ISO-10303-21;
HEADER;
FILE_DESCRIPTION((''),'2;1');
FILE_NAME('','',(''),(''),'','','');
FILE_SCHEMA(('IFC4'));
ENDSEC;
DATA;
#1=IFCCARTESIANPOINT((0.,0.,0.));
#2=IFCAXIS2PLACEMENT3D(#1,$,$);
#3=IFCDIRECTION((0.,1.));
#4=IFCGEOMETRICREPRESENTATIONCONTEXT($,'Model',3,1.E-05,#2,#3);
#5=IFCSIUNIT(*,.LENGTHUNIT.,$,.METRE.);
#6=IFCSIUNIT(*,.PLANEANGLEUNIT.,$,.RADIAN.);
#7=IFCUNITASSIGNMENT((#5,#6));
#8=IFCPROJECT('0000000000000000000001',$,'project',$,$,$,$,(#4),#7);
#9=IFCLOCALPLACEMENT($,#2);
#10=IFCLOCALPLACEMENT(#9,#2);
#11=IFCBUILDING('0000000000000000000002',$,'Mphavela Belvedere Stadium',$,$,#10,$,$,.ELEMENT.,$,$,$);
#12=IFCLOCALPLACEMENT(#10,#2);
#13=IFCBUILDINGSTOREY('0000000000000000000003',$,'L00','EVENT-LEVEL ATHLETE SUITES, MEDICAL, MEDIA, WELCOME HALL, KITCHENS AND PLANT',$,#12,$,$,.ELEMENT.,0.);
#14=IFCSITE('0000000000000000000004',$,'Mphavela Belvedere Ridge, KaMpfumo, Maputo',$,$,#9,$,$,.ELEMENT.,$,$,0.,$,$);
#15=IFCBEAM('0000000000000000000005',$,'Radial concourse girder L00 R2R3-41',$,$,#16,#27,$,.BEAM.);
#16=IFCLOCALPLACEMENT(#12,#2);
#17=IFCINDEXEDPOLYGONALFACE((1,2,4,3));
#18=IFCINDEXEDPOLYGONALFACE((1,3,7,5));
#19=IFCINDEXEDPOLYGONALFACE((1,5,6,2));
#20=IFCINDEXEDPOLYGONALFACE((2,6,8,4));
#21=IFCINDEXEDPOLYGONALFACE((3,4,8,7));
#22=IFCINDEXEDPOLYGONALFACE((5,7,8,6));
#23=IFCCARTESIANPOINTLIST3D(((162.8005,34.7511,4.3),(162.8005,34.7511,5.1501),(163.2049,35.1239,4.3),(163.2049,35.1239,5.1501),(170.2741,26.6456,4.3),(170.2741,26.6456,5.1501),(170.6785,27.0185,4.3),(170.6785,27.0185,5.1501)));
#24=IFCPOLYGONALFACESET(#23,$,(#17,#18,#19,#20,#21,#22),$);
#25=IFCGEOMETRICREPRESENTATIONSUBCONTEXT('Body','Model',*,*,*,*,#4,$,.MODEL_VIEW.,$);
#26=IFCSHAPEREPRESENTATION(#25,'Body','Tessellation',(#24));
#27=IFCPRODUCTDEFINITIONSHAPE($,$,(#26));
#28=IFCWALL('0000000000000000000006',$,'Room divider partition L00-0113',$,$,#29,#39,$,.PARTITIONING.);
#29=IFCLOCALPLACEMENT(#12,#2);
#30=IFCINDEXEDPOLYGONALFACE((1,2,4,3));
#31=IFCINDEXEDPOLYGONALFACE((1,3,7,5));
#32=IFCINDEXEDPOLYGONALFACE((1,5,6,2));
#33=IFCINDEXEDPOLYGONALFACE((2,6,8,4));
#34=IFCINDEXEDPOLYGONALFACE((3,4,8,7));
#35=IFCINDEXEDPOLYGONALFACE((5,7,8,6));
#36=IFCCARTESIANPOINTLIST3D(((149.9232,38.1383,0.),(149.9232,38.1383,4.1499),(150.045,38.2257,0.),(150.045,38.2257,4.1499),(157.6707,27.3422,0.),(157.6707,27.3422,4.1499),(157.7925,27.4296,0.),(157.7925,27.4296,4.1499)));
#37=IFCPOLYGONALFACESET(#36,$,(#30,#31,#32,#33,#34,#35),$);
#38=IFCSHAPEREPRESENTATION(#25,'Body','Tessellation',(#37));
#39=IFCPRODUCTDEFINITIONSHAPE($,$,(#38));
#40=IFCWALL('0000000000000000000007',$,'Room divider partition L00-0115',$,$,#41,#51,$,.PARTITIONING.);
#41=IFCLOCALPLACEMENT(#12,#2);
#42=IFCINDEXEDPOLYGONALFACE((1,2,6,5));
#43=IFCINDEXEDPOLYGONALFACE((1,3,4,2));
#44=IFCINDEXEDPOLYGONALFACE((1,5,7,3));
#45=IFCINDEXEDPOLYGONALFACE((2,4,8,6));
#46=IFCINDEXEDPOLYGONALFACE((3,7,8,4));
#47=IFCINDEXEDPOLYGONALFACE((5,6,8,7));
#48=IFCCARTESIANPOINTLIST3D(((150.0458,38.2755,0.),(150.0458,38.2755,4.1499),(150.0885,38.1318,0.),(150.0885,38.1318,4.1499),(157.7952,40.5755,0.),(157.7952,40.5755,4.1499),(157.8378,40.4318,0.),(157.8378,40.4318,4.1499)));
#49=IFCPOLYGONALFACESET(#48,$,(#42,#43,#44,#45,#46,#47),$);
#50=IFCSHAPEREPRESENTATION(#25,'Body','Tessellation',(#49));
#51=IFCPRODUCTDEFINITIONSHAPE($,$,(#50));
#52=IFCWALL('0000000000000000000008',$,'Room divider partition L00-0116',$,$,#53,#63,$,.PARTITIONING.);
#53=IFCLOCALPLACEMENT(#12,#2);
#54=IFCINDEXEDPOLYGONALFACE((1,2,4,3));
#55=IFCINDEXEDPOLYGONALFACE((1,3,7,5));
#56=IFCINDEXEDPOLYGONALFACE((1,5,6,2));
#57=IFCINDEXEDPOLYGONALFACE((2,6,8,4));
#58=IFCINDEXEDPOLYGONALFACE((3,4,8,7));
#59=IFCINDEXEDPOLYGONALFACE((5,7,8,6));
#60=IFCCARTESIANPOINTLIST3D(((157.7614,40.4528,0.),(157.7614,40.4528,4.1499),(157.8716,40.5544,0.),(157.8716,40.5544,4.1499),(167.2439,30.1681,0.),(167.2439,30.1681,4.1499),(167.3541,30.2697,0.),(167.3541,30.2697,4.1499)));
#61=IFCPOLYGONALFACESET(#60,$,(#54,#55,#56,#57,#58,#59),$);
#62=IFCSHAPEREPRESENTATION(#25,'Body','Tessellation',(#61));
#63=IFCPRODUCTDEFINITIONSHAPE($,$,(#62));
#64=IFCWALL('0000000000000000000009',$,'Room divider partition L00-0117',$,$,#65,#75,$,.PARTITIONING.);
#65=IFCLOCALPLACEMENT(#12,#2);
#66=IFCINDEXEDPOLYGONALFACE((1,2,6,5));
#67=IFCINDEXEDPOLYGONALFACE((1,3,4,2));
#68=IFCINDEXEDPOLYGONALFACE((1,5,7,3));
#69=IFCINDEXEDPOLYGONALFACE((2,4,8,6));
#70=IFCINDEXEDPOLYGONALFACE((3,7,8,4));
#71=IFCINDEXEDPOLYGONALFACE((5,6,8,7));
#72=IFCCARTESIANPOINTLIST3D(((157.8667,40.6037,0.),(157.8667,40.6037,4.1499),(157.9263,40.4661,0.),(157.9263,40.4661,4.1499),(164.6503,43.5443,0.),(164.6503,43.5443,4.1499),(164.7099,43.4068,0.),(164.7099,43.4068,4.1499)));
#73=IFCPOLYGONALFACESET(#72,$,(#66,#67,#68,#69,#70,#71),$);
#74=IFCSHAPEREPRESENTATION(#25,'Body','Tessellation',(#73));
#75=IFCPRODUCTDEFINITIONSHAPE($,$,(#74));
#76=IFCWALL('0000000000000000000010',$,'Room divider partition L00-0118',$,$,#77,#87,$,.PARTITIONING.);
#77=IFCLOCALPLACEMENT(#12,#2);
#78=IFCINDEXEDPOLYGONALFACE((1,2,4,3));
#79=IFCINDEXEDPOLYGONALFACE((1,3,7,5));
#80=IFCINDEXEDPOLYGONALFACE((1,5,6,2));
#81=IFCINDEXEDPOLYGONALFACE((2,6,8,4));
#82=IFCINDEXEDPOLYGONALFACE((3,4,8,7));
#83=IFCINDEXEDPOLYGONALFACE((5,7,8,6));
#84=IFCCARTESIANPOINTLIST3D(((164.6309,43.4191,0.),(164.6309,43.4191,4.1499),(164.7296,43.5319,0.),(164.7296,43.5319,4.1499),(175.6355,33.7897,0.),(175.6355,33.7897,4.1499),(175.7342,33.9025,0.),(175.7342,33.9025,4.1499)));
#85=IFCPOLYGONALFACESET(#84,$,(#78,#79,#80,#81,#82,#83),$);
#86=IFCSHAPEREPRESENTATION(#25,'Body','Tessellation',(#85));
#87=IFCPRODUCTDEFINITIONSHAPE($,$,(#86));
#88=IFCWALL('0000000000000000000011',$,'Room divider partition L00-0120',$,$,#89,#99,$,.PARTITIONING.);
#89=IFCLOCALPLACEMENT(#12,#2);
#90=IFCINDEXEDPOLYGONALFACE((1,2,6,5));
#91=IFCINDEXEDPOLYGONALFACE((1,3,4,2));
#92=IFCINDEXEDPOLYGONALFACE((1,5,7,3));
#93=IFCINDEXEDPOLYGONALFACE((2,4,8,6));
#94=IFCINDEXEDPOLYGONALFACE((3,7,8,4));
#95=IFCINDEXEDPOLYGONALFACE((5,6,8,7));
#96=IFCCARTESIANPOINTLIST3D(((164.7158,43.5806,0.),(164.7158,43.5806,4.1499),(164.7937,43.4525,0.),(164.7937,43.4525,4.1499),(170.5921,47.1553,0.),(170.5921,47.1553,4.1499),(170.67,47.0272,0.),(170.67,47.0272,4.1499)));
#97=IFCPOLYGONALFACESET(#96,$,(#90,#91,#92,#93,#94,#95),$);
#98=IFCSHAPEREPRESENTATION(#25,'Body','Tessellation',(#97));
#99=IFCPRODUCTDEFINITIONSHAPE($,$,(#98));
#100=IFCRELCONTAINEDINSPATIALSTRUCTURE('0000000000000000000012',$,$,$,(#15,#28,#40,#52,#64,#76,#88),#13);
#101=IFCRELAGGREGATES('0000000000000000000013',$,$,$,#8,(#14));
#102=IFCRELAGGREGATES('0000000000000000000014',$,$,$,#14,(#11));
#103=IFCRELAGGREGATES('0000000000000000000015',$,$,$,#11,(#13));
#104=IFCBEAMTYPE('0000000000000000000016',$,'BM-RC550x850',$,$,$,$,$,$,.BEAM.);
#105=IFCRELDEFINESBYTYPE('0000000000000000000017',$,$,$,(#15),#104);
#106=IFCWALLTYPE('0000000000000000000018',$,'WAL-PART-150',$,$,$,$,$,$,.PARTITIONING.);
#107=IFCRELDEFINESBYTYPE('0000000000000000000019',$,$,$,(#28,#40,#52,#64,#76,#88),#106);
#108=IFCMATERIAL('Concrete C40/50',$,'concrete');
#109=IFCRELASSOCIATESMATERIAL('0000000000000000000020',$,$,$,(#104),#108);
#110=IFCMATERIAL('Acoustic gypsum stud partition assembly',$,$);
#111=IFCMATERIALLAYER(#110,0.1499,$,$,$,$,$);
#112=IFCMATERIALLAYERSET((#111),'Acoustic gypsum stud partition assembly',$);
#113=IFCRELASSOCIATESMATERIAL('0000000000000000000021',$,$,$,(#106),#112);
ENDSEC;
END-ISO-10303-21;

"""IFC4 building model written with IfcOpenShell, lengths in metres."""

from ifc_helpers import new_model, si_unit, direction, frame, frame_2d, origin, origin_2d, place, context, subcontext, project, spatial, rectangle, extrude, material, layer, layer_set, material_profile, profile_set, type_object, element, save


model = new_model("IFC4")

# Units and contexts
model_context = context("Model", 3, precision=1e-05, world=origin(), true_north=direction((0.0, 1.0)))
body_context = subcontext(model_context, "Body", "Model", "MODEL_VIEW")
ifc_project = project(units=[si_unit("LENGTHUNIT", "METRE"), si_unit("PLANEANGLEUNIT", "RADIAN")], contexts=[model_context])

# Site, building, storey
site_placement = place(None, origin())
site = spatial("IfcSite", under=ifc_project, at=site_placement, Name="Mphavela Belvedere Ridge, KaMpfumo, Maputo", CompositionType="ELEMENT", RefElevation=0.0)
building_placement = place(site_placement, origin())
building = spatial("IfcBuilding", under=site, at=building_placement, Name="Mphavela Belvedere Stadium", CompositionType="ELEMENT")
storey_placement = place(building_placement, origin())
storey = spatial("IfcBuildingStorey", under=building, at=storey_placement, Name="L00", Description="EVENT-LEVEL ATHLETE SUITES, MEDICAL, MEDIA, WELCOME HALL, KITCHENS AND PLANT", CompositionType="ELEMENT", Elevation=0.0)

# Beam
ifc_material_1 = material(Name="Concrete C40/50", Category="concrete")
ifc_material_profile_1 = material_profile(ifc_material_1, rectangle(XDim=0.55, YDim=0.8501, at=origin_2d()), Name="RC 550x850")
ifc_profile_set_1 = profile_set([ifc_material_profile_1], Name="Concrete C40/50")
beam_type_1 = type_object("IfcBeamType", Name="BM-RC550x850", PredefinedType="BEAM", material=ifc_profile_set_1)
beam_1_placement = place(storey_placement, frame((163.0027, 34.9375, 4.7251), z_axis=(0.677872, -0.73518, 0.0), x_axis=(0.73518, 0.677872, 0.0)))
element("IfcBeam", 1, at=beam_1_placement, inside=storey, type_object=beam_type_1, Name="Radial concourse girder L00 R2R3-41", PredefinedType="BEAM", context=body_context, shape_type="SweptSolid", body=[
    extrude(rectangle(XDim=0.55, YDim=0.8501, at=origin_2d()), origin(), (0.0, 0.0, 1.0), 11.0251),
])

# Walls
ifc_material_2 = material(Name="Acoustic gypsum stud partition assembly")
ifc_layer = layer(ifc_material_2, 0.1499)
ifc_layer_set = layer_set([ifc_layer], Name="Acoustic gypsum stud partition assembly")
wall_type = type_object("IfcWallType", Name="WAL-PART-150", PredefinedType="PARTITIONING", material=ifc_layer_set)
wall_1_placement = place(storey_placement, frame((149.9841, 38.1819, 0.0), z_axis=(0.0, 0.0, 1.0), x_axis=(0.583032, -0.812449, 0.0)))
element("IfcWall", 2, at=wall_1_placement, inside=storey, type_object=wall_type, Name="Room divider partition L00-0113", PredefinedType="PARTITIONING", context=body_context, shape_type="SweptSolid", body=[
    extrude(rectangle(XDim=13.2883, YDim=0.1499, at=frame_2d((6.644, 0.0))), origin(), (0.0, 0.0, 1.0), 4.1499),
])
wall_2_placement = place(storey_placement, frame((150.0671, 38.2036, 0.0), z_axis=(0.0, 0.0, 1.0), x_axis=(0.958664, 0.28454, 0.0)))
element("IfcWall", 3, at=wall_2_placement, inside=storey, type_object=wall_type, Name="Room divider partition L00-0115", PredefinedType="PARTITIONING", context=body_context, shape_type="SweptSolid", body=[
    extrude(rectangle(XDim=8.0835, YDim=0.1499, at=frame_2d((4.0417, 0.0))), origin(), (0.0, 0.0, 1.0), 4.1499),
])
wall_3_placement = place(storey_placement, frame((157.8164, 40.5037, 0.0), z_axis=(0.0, 0.0, 1.0), x_axis=(0.677851, -0.735199, 0.0)))
element("IfcWall", 4, at=wall_3_placement, inside=storey, type_object=wall_type, Name="Room divider partition L00-0116", PredefinedType="PARTITIONING", context=body_context, shape_type="SweptSolid", body=[
    extrude(rectangle(XDim=13.989, YDim=0.1499, at=frame_2d((6.9946, 0.0))), origin(), (0.0, 0.0, 1.0), 4.1499),
])
wall_4_placement = place(storey_placement, frame((157.8965, 40.5349, 0.0), z_axis=(0.0, 0.0, 1.0), x_axis=(0.917503, 0.39773, 0.0)))
element("IfcWall", 5, at=wall_4_placement, inside=storey, type_object=wall_type, Name="Room divider partition L00-0117", PredefinedType="PARTITIONING", context=body_context, shape_type="SweptSolid", body=[
    extrude(rectangle(XDim=7.3936, YDim=0.1499, at=frame_2d((3.6968, 0.0))), origin(), (0.0, 0.0, 1.0), 4.1499),
])
wall_5_placement = place(storey_placement, frame((164.6802, 43.4756, 0.0), z_axis=(0.0, 0.0, 1.0), x_axis=(0.752565, -0.658518, 0.0)))
element("IfcWall", 6, at=wall_5_placement, inside=storey, type_object=wall_type, Name="Room divider partition L00-0118", PredefinedType="PARTITIONING", context=body_context, shape_type="SweptSolid", body=[
    extrude(rectangle(XDim=14.6228, YDim=0.1499, at=frame_2d((7.3115, 0.0))), origin(), (0.0, 0.0, 1.0), 4.1499),
])
wall_6_placement = place(storey_placement, frame((164.7549, 43.5166, 0.0), z_axis=(0.0, 0.0, 1.0), x_axis=(0.854336, 0.519722, 0.0)))
element("IfcWall", 7, at=wall_6_placement, inside=storey, type_object=wall_type, Name="Room divider partition L00-0120", PredefinedType="PARTITIONING", context=body_context, shape_type="SweptSolid", body=[
    extrude(rectangle(XDim=6.8782, YDim=0.1499, at=frame_2d((3.439, 0.0))), origin(), (0.0, 0.0, 1.0), 4.1499),
])

save(model, "model.ifc")
